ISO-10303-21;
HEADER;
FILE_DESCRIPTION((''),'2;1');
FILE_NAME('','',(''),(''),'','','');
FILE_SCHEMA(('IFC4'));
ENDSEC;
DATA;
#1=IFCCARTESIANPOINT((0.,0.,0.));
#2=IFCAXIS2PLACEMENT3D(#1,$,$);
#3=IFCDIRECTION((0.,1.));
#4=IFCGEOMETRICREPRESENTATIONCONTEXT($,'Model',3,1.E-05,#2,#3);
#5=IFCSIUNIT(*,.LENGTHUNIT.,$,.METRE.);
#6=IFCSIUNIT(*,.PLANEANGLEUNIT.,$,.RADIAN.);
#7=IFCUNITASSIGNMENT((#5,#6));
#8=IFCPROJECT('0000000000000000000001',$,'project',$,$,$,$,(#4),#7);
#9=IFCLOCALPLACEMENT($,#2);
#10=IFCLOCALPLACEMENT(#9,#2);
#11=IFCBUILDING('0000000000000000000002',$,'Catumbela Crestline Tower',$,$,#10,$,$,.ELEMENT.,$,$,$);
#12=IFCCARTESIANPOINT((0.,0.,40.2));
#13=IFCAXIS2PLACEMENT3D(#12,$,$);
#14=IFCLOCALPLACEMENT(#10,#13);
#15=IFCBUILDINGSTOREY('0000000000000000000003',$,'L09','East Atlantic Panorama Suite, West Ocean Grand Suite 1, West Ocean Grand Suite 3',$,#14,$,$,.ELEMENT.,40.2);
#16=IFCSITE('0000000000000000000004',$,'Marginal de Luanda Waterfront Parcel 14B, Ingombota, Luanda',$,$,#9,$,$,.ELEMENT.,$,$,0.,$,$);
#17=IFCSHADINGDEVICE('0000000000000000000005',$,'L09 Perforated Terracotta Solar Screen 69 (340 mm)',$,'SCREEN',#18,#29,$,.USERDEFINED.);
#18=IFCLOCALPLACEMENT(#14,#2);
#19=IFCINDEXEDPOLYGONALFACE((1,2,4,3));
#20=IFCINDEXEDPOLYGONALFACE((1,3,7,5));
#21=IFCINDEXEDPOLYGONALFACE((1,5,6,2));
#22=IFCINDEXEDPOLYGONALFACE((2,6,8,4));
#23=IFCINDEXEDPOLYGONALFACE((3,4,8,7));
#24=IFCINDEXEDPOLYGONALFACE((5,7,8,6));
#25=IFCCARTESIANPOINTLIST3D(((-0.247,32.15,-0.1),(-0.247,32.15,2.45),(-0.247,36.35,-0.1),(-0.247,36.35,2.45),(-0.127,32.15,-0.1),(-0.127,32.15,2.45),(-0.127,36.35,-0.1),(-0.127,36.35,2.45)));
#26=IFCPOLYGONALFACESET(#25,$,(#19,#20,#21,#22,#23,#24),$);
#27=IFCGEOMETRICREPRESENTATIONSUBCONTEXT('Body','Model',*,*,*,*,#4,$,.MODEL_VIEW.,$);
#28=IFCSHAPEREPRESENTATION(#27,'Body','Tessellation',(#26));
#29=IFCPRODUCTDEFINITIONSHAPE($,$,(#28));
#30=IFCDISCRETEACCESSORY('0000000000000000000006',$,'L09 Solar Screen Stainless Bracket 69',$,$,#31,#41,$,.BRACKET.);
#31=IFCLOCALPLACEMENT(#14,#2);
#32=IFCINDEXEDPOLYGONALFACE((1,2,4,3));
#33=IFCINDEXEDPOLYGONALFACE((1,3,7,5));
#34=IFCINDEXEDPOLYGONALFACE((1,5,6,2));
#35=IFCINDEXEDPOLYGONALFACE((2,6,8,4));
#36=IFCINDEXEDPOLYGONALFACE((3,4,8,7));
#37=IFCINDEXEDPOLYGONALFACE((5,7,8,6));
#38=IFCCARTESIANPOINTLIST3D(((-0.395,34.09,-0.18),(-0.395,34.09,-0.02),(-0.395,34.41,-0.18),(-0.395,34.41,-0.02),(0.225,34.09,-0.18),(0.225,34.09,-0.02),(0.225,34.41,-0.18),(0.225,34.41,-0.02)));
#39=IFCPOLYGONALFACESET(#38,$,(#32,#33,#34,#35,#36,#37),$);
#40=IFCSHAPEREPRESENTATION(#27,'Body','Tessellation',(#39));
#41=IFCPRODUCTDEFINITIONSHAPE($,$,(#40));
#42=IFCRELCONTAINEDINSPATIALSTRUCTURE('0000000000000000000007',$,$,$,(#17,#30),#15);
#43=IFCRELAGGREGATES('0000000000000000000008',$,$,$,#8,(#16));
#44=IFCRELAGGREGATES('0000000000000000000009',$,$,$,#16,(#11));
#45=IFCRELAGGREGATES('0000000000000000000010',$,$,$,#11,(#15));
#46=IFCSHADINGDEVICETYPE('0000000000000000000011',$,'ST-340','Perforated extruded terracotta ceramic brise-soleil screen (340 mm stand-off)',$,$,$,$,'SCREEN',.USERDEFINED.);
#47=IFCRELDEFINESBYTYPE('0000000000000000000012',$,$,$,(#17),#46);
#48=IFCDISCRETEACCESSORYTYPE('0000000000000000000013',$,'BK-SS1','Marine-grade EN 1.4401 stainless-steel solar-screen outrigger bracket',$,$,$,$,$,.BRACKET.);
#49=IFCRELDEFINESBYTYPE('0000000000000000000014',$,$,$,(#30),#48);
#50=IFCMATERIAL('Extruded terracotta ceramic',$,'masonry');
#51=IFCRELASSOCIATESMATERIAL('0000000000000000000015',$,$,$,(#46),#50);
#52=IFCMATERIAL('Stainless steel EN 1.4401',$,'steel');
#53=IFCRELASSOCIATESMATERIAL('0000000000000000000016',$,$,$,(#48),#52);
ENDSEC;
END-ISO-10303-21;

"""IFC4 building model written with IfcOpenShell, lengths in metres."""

from ifc_helpers import new_model, si_unit, direction, frame, origin, origin_2d, place, context, subcontext, project, spatial, rectangle, extrude, material, type_object, element, save


model = new_model("IFC4")

# Units and contexts
model_context = context("Model", 3, precision=1e-05, world=origin(), true_north=direction((0.0, 1.0)))
body_context = subcontext(model_context, "Body", "Model", "MODEL_VIEW")
ifc_project = project(units=[si_unit("LENGTHUNIT", "METRE"), si_unit("PLANEANGLEUNIT", "RADIAN")], contexts=[model_context])

# Site, building, storey
site_placement = place(None, origin())
site = spatial("IfcSite", under=ifc_project, at=site_placement, Name="Marginal de Luanda Waterfront Parcel 14B, Ingombota, Luanda", CompositionType="ELEMENT", RefElevation=0.0)
building_placement = place(site_placement, origin())
building = spatial("IfcBuilding", under=site, at=building_placement, Name="Catumbela Crestline Tower", CompositionType="ELEMENT")
storey_placement = place(building_placement, frame((0.0, 0.0, 40.2)))
storey = spatial("IfcBuildingStorey", under=building, at=storey_placement, Name="L09", Description="East Atlantic Panorama Suite, West Ocean Grand Suite 1, West Ocean Grand Suite 3", CompositionType="ELEMENT", Elevation=40.2)

# Shading device
ifc_material_1 = material(Name="Extruded terracotta ceramic", Category="masonry")
shading_device_type = type_object("IfcShadingDeviceType", Name="ST-340", Description="Perforated extruded terracotta ceramic brise-soleil screen (340 mm stand-off)", ElementType="SCREEN", PredefinedType="USERDEFINED", material=ifc_material_1)
shading_device_placement = place(storey_placement, frame((-0.187, 34.25, -0.1), z_axis=(0.0, 0.0, 1.0), x_axis=(0.0, -1.0, 0.0)))
element("IfcShadingDevice", 1, at=shading_device_placement, inside=storey, type_object=shading_device_type, Name="L09 Perforated Terracotta Solar Screen 69 (340 mm)", ObjectType="SCREEN", PredefinedType="USERDEFINED", context=body_context, shape_type="SweptSolid", body=[
    extrude(rectangle(XDim=4.2, YDim=0.12, at=origin_2d()), origin(), (0.0, 0.0, 1.0), 2.55),
])

# Discrete accessory
ifc_material_2 = material(Name="Stainless steel EN 1.4401", Category="steel")
discrete_accessory_type = type_object("IfcDiscreteAccessoryType", Name="BK-SS1", Description="Marine-grade EN 1.4401 stainless-steel solar-screen outrigger bracket", PredefinedType="BRACKET", material=ifc_material_2)
discrete_accessory_placement = place(storey_placement, frame((-0.085, 34.25, -0.18), z_axis=(0.0, 0.0, 1.0), x_axis=(0.0, -1.0, 0.0)))
element("IfcDiscreteAccessory", 2, at=discrete_accessory_placement, inside=storey, type_object=discrete_accessory_type, Name="L09 Solar Screen Stainless Bracket 69", PredefinedType="BRACKET", context=body_context, shape_type="SweptSolid", body=[
    extrude(rectangle(XDim=0.32, YDim=0.62, at=origin_2d()), origin(), (0.0, 0.0, 1.0), 0.16),
])

save(model, "model.ifc")
